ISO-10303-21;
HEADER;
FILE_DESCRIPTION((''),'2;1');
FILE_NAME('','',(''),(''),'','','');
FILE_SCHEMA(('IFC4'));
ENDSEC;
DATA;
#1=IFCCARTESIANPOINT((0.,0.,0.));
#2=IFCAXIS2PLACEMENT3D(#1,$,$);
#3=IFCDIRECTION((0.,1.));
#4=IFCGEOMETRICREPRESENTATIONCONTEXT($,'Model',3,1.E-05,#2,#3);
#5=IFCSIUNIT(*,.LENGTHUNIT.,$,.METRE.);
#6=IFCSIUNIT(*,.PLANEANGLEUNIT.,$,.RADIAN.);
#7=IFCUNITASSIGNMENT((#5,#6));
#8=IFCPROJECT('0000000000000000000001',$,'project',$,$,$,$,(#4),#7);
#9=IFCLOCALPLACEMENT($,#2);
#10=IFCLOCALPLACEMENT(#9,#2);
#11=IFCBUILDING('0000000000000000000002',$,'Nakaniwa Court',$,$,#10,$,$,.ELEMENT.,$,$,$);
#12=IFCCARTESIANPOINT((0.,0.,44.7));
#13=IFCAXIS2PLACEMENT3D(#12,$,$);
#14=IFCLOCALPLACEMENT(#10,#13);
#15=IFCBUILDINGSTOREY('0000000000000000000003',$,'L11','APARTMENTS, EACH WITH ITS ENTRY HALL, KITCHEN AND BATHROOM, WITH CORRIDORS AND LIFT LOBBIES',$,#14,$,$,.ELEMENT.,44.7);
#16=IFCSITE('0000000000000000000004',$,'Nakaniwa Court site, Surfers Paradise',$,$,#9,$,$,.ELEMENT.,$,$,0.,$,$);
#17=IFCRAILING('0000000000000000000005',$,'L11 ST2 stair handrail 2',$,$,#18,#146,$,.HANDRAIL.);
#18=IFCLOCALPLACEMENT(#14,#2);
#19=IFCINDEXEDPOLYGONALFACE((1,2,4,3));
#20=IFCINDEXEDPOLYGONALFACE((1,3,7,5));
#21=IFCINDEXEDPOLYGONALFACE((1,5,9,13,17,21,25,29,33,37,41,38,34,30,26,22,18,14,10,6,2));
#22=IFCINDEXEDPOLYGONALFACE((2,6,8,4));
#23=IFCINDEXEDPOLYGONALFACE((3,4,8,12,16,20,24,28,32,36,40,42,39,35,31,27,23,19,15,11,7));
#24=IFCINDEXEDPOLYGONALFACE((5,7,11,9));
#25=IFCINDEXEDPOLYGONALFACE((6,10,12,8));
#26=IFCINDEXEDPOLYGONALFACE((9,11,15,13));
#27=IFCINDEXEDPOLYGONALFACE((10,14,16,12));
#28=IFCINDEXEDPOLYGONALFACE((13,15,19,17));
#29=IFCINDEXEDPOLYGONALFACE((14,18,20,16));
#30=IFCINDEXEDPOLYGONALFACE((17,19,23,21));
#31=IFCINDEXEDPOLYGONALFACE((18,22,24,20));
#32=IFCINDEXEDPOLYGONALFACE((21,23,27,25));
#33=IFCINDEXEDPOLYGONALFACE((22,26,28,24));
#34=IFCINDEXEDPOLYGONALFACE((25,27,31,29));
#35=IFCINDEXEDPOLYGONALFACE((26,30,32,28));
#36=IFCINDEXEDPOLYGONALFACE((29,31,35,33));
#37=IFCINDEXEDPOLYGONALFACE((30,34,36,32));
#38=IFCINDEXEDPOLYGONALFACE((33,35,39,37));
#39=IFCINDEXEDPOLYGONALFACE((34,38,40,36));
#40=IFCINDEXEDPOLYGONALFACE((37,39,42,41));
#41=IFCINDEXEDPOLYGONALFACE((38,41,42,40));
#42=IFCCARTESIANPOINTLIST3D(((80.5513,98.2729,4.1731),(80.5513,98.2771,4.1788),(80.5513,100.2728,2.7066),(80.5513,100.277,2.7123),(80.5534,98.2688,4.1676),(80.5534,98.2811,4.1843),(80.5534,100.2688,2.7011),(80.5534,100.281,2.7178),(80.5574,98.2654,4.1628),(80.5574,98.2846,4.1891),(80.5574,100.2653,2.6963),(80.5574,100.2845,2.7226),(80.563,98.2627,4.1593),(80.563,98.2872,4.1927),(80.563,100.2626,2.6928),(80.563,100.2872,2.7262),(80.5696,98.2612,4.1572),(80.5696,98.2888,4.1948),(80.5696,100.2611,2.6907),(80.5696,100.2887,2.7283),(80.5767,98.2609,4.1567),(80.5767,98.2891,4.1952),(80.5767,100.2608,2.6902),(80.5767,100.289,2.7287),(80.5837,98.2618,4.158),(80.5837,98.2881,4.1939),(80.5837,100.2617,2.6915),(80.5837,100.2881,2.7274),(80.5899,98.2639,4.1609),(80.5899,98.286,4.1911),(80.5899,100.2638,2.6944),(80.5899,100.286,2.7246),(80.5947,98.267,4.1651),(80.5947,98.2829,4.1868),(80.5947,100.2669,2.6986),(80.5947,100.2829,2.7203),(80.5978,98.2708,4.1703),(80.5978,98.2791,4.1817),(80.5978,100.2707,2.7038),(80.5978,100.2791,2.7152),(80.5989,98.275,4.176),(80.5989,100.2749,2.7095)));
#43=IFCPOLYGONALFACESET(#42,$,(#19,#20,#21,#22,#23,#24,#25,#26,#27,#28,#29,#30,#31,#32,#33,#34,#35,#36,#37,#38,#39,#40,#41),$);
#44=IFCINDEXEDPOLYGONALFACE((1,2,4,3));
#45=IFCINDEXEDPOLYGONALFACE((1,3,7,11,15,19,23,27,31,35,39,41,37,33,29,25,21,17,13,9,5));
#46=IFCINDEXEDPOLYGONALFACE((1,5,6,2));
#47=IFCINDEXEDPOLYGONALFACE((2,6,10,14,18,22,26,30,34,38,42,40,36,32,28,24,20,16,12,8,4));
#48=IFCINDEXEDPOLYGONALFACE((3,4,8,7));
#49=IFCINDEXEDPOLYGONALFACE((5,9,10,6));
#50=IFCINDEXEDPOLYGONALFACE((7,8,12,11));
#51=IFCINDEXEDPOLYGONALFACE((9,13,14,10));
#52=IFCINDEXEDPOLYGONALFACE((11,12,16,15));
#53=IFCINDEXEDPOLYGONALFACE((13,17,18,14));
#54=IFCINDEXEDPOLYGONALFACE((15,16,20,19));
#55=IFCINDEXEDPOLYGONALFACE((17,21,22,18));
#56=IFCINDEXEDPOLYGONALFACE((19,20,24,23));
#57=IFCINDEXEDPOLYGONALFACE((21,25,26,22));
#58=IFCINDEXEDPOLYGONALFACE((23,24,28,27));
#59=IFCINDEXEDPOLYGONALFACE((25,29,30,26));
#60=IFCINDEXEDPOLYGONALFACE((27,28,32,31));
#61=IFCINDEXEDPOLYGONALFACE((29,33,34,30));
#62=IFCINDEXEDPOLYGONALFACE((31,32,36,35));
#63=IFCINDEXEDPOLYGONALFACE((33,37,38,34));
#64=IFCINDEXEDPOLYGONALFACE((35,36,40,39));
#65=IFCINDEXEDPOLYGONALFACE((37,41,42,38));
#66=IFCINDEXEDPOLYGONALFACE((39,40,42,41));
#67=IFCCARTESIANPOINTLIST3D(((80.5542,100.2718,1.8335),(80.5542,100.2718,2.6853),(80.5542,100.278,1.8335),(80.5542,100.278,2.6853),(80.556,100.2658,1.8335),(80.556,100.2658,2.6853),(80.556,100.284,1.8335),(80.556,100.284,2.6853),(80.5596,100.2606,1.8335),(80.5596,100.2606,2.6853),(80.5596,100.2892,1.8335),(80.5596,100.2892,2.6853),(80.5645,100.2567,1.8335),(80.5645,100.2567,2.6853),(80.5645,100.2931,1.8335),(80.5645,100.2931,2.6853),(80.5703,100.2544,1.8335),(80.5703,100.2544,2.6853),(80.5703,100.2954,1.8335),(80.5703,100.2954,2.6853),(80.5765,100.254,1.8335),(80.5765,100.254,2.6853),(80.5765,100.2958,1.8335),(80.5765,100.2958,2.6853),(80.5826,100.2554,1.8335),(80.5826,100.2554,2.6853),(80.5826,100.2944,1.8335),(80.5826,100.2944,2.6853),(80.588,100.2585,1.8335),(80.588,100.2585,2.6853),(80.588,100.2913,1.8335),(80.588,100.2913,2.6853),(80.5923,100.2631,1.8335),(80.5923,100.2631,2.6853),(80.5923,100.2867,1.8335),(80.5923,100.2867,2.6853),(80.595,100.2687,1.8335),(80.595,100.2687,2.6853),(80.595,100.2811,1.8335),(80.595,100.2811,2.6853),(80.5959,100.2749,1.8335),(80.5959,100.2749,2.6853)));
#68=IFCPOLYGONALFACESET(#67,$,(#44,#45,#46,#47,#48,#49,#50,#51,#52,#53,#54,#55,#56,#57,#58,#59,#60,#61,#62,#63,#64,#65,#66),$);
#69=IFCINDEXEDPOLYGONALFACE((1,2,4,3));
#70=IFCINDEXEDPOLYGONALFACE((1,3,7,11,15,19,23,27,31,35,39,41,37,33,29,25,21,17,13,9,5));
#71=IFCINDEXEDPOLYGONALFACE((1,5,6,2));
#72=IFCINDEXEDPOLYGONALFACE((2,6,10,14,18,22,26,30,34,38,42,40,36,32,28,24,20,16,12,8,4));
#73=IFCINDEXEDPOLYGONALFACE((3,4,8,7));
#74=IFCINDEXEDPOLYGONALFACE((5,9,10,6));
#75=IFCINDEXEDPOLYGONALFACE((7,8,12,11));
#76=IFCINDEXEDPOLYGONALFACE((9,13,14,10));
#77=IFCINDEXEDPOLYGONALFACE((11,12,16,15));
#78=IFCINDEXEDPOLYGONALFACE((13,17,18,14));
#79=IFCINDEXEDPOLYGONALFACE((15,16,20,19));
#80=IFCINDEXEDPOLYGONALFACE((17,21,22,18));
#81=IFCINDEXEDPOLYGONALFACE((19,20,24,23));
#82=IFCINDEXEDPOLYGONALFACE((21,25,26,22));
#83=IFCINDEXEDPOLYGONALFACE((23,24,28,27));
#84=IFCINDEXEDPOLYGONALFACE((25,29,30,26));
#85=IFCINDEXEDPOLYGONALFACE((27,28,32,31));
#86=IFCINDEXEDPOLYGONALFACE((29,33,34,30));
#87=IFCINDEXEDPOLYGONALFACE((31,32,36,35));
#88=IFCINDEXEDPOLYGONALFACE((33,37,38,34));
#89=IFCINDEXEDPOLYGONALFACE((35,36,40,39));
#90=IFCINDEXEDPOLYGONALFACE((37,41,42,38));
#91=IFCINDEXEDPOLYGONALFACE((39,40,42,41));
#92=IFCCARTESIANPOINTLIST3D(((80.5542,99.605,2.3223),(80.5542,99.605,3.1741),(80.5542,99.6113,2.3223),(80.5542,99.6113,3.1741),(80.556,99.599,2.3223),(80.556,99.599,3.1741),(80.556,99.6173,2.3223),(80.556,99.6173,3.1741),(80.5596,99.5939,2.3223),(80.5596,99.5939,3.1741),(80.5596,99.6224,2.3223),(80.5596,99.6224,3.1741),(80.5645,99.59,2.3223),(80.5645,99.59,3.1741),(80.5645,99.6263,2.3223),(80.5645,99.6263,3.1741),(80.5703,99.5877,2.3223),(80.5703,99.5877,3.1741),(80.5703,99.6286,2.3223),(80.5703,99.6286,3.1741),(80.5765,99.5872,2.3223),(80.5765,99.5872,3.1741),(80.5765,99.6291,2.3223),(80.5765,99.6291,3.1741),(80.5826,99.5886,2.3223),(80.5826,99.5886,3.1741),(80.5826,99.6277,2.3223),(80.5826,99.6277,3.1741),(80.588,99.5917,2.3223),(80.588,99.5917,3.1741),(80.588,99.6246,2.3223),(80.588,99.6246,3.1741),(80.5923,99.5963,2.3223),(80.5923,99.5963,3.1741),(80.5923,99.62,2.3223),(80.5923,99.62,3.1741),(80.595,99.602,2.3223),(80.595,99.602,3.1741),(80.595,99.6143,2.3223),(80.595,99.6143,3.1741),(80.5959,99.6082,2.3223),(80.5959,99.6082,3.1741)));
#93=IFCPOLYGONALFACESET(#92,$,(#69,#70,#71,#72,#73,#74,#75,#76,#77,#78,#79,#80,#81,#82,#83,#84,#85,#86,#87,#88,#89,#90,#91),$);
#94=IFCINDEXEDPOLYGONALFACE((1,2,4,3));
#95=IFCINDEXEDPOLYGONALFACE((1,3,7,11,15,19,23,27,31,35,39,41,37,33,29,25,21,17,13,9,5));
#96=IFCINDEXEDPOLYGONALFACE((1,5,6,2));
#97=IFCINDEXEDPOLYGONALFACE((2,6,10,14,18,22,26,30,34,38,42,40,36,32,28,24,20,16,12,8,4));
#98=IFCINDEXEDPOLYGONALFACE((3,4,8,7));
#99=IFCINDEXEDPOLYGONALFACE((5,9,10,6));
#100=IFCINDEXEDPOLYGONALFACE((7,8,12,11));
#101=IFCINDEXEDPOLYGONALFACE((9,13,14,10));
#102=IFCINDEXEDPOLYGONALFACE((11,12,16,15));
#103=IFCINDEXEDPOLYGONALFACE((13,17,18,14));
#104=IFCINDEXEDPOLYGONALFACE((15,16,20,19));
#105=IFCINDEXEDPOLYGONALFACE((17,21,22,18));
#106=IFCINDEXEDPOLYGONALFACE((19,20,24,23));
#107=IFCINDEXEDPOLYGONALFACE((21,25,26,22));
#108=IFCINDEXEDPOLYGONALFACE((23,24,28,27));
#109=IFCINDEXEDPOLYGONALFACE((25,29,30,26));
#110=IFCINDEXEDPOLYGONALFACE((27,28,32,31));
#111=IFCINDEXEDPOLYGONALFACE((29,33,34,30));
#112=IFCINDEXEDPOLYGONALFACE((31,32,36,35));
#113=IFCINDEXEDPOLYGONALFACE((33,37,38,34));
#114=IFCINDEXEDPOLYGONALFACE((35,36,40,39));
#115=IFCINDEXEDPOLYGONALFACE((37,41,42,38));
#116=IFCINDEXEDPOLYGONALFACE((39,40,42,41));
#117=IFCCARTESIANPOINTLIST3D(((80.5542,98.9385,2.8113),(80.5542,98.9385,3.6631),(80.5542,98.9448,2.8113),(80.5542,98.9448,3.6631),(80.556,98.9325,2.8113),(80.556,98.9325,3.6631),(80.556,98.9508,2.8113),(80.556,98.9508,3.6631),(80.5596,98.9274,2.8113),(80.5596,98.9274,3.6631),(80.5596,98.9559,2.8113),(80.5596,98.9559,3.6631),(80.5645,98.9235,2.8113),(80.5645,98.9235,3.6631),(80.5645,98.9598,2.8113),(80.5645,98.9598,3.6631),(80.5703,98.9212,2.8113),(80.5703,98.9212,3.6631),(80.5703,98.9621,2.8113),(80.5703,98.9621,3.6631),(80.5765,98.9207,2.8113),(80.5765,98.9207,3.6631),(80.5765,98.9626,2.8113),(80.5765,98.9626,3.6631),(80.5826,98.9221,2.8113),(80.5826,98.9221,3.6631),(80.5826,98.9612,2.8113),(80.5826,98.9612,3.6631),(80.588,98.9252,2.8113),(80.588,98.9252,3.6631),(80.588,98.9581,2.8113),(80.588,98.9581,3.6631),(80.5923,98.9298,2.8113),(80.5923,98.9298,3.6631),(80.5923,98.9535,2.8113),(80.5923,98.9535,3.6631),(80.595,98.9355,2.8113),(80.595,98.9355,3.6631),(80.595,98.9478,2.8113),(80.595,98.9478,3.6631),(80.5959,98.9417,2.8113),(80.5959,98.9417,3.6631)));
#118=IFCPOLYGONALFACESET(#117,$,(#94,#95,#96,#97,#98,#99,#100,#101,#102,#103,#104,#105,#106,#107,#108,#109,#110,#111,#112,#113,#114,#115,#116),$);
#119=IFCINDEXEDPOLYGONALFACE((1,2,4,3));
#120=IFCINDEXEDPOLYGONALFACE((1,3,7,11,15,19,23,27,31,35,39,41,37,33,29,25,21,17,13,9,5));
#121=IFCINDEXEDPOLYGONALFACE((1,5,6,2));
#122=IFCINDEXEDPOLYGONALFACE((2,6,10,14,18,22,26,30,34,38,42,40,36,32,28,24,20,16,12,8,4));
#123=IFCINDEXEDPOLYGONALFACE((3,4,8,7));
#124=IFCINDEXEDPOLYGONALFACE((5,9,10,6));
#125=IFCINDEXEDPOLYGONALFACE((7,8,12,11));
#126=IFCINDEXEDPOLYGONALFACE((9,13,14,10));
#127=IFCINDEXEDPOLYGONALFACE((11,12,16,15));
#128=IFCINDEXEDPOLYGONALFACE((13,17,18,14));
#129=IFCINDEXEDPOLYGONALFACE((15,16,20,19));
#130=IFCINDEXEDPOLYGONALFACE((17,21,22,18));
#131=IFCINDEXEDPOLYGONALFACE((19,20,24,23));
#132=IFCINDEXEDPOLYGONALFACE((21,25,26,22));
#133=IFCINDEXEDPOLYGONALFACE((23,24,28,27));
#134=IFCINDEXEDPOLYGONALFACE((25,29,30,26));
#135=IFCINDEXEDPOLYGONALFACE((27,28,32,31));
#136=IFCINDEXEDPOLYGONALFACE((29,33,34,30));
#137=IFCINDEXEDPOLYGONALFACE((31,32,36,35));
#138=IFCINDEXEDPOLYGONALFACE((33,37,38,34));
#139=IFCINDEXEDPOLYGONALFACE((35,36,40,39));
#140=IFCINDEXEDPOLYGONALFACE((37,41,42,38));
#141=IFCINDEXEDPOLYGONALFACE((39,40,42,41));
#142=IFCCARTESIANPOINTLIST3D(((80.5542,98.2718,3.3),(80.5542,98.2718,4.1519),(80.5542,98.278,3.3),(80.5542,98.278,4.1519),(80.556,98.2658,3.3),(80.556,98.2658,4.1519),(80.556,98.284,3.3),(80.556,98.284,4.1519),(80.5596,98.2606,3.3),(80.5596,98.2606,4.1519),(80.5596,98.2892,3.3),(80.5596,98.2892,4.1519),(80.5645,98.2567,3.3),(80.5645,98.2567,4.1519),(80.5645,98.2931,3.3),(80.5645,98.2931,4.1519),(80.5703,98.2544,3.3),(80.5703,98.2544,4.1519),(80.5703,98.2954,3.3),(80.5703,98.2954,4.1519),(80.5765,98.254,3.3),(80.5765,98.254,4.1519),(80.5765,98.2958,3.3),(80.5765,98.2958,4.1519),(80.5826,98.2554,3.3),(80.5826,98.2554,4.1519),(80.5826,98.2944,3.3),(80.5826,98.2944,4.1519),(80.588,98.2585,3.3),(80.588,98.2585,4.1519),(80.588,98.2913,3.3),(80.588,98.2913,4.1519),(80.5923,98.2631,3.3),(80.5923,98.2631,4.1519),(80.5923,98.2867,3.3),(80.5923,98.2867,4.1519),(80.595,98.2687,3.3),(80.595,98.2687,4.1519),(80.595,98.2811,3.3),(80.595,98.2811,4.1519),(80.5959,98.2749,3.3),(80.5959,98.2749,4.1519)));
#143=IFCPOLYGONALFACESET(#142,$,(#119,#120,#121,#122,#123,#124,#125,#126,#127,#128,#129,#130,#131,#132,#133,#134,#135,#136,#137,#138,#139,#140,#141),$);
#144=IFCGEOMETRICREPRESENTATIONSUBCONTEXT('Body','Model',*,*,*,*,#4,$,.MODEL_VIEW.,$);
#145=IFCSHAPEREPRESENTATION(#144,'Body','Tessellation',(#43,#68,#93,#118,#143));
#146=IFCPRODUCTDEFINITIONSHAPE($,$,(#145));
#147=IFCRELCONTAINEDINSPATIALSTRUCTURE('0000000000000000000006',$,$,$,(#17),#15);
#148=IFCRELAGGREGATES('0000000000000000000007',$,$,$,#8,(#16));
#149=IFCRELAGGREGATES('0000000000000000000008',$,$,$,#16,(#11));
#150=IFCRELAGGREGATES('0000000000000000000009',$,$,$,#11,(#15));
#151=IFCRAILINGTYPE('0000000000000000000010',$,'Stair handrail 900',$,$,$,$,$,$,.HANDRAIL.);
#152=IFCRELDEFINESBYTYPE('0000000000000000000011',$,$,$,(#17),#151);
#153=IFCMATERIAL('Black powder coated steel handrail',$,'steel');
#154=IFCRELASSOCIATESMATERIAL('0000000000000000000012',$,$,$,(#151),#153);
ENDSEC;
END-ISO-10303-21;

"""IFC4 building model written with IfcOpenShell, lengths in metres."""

from ifc_helpers import new_model, si_unit, direction, frame, origin, origin_2d, place, context, subcontext, project, spatial, circle, extrude, material, type_object, element, save


model = new_model("IFC4")

# Units and contexts
model_context = context("Model", 3, precision=1e-05, world=origin(), true_north=direction((0.0, 1.0)))
body_context = subcontext(model_context, "Body", "Model", "MODEL_VIEW")
ifc_project = project(units=[si_unit("LENGTHUNIT", "METRE"), si_unit("PLANEANGLEUNIT", "RADIAN")], contexts=[model_context])

# Site, building, storey
site_placement = place(None, origin())
site = spatial("IfcSite", under=ifc_project, at=site_placement, Name="Nakaniwa Court site, Surfers Paradise", CompositionType="ELEMENT", RefElevation=0.0)
building_placement = place(site_placement, origin())
building = spatial("IfcBuilding", under=site, at=building_placement, Name="Nakaniwa Court", CompositionType="ELEMENT")
storey_placement = place(building_placement, frame((0.0, 0.0, 44.7)))
storey = spatial("IfcBuildingStorey", under=building, at=storey_placement, Name="L11", Description="APARTMENTS, EACH WITH ITS ENTRY HALL, KITCHEN AND BATHROOM, WITH CORRIDORS AND LIFT LOBBIES", CompositionType="ELEMENT", Elevation=44.7)

# Railing
ifc_material_1 = material(Name="Black powder coated steel handrail", Category="steel")
railing_type_1 = type_object("IfcRailingType", Name="Stair handrail 900", PredefinedType="HANDRAIL", material=ifc_material_1)
railing_1_placement = place(storey_placement, frame((80.575, 100.2749, 1.8335)))
element("IfcRailing", 1, at=railing_1_placement, inside=storey, type_object=railing_type_1, Name="L11 ST2 stair handrail 2", PredefinedType="HANDRAIL", context=body_context, shape_type="SweptSolid", body=[
    extrude(circle(Radius=0.0239, at=origin_2d()), frame((0.0, 0.0, 0.876), z_axis=(0.0, -0.806427, 0.591334), x_axis=(1.0, 0.0, 0.0)), (0.0, 0.0, 1.0), 2.48),
    extrude(circle(Radius=0.021, at=origin_2d()), origin(), (0.0, 0.0, 1.0), 0.8518),
    extrude(circle(Radius=0.021, at=origin_2d()), frame((0.0, -0.6667, 0.4888)), (0.0, 0.0, 1.0), 0.8518),
    extrude(circle(Radius=0.021, at=origin_2d()), frame((0.0, -1.3333, 0.9778)), (0.0, 0.0, 1.0), 0.8518),
    extrude(circle(Radius=0.021, at=origin_2d()), frame((0.0, -2.0, 1.4666)), (0.0, 0.0, 1.0), 0.8518),
])

save(model, "model.ifc")
